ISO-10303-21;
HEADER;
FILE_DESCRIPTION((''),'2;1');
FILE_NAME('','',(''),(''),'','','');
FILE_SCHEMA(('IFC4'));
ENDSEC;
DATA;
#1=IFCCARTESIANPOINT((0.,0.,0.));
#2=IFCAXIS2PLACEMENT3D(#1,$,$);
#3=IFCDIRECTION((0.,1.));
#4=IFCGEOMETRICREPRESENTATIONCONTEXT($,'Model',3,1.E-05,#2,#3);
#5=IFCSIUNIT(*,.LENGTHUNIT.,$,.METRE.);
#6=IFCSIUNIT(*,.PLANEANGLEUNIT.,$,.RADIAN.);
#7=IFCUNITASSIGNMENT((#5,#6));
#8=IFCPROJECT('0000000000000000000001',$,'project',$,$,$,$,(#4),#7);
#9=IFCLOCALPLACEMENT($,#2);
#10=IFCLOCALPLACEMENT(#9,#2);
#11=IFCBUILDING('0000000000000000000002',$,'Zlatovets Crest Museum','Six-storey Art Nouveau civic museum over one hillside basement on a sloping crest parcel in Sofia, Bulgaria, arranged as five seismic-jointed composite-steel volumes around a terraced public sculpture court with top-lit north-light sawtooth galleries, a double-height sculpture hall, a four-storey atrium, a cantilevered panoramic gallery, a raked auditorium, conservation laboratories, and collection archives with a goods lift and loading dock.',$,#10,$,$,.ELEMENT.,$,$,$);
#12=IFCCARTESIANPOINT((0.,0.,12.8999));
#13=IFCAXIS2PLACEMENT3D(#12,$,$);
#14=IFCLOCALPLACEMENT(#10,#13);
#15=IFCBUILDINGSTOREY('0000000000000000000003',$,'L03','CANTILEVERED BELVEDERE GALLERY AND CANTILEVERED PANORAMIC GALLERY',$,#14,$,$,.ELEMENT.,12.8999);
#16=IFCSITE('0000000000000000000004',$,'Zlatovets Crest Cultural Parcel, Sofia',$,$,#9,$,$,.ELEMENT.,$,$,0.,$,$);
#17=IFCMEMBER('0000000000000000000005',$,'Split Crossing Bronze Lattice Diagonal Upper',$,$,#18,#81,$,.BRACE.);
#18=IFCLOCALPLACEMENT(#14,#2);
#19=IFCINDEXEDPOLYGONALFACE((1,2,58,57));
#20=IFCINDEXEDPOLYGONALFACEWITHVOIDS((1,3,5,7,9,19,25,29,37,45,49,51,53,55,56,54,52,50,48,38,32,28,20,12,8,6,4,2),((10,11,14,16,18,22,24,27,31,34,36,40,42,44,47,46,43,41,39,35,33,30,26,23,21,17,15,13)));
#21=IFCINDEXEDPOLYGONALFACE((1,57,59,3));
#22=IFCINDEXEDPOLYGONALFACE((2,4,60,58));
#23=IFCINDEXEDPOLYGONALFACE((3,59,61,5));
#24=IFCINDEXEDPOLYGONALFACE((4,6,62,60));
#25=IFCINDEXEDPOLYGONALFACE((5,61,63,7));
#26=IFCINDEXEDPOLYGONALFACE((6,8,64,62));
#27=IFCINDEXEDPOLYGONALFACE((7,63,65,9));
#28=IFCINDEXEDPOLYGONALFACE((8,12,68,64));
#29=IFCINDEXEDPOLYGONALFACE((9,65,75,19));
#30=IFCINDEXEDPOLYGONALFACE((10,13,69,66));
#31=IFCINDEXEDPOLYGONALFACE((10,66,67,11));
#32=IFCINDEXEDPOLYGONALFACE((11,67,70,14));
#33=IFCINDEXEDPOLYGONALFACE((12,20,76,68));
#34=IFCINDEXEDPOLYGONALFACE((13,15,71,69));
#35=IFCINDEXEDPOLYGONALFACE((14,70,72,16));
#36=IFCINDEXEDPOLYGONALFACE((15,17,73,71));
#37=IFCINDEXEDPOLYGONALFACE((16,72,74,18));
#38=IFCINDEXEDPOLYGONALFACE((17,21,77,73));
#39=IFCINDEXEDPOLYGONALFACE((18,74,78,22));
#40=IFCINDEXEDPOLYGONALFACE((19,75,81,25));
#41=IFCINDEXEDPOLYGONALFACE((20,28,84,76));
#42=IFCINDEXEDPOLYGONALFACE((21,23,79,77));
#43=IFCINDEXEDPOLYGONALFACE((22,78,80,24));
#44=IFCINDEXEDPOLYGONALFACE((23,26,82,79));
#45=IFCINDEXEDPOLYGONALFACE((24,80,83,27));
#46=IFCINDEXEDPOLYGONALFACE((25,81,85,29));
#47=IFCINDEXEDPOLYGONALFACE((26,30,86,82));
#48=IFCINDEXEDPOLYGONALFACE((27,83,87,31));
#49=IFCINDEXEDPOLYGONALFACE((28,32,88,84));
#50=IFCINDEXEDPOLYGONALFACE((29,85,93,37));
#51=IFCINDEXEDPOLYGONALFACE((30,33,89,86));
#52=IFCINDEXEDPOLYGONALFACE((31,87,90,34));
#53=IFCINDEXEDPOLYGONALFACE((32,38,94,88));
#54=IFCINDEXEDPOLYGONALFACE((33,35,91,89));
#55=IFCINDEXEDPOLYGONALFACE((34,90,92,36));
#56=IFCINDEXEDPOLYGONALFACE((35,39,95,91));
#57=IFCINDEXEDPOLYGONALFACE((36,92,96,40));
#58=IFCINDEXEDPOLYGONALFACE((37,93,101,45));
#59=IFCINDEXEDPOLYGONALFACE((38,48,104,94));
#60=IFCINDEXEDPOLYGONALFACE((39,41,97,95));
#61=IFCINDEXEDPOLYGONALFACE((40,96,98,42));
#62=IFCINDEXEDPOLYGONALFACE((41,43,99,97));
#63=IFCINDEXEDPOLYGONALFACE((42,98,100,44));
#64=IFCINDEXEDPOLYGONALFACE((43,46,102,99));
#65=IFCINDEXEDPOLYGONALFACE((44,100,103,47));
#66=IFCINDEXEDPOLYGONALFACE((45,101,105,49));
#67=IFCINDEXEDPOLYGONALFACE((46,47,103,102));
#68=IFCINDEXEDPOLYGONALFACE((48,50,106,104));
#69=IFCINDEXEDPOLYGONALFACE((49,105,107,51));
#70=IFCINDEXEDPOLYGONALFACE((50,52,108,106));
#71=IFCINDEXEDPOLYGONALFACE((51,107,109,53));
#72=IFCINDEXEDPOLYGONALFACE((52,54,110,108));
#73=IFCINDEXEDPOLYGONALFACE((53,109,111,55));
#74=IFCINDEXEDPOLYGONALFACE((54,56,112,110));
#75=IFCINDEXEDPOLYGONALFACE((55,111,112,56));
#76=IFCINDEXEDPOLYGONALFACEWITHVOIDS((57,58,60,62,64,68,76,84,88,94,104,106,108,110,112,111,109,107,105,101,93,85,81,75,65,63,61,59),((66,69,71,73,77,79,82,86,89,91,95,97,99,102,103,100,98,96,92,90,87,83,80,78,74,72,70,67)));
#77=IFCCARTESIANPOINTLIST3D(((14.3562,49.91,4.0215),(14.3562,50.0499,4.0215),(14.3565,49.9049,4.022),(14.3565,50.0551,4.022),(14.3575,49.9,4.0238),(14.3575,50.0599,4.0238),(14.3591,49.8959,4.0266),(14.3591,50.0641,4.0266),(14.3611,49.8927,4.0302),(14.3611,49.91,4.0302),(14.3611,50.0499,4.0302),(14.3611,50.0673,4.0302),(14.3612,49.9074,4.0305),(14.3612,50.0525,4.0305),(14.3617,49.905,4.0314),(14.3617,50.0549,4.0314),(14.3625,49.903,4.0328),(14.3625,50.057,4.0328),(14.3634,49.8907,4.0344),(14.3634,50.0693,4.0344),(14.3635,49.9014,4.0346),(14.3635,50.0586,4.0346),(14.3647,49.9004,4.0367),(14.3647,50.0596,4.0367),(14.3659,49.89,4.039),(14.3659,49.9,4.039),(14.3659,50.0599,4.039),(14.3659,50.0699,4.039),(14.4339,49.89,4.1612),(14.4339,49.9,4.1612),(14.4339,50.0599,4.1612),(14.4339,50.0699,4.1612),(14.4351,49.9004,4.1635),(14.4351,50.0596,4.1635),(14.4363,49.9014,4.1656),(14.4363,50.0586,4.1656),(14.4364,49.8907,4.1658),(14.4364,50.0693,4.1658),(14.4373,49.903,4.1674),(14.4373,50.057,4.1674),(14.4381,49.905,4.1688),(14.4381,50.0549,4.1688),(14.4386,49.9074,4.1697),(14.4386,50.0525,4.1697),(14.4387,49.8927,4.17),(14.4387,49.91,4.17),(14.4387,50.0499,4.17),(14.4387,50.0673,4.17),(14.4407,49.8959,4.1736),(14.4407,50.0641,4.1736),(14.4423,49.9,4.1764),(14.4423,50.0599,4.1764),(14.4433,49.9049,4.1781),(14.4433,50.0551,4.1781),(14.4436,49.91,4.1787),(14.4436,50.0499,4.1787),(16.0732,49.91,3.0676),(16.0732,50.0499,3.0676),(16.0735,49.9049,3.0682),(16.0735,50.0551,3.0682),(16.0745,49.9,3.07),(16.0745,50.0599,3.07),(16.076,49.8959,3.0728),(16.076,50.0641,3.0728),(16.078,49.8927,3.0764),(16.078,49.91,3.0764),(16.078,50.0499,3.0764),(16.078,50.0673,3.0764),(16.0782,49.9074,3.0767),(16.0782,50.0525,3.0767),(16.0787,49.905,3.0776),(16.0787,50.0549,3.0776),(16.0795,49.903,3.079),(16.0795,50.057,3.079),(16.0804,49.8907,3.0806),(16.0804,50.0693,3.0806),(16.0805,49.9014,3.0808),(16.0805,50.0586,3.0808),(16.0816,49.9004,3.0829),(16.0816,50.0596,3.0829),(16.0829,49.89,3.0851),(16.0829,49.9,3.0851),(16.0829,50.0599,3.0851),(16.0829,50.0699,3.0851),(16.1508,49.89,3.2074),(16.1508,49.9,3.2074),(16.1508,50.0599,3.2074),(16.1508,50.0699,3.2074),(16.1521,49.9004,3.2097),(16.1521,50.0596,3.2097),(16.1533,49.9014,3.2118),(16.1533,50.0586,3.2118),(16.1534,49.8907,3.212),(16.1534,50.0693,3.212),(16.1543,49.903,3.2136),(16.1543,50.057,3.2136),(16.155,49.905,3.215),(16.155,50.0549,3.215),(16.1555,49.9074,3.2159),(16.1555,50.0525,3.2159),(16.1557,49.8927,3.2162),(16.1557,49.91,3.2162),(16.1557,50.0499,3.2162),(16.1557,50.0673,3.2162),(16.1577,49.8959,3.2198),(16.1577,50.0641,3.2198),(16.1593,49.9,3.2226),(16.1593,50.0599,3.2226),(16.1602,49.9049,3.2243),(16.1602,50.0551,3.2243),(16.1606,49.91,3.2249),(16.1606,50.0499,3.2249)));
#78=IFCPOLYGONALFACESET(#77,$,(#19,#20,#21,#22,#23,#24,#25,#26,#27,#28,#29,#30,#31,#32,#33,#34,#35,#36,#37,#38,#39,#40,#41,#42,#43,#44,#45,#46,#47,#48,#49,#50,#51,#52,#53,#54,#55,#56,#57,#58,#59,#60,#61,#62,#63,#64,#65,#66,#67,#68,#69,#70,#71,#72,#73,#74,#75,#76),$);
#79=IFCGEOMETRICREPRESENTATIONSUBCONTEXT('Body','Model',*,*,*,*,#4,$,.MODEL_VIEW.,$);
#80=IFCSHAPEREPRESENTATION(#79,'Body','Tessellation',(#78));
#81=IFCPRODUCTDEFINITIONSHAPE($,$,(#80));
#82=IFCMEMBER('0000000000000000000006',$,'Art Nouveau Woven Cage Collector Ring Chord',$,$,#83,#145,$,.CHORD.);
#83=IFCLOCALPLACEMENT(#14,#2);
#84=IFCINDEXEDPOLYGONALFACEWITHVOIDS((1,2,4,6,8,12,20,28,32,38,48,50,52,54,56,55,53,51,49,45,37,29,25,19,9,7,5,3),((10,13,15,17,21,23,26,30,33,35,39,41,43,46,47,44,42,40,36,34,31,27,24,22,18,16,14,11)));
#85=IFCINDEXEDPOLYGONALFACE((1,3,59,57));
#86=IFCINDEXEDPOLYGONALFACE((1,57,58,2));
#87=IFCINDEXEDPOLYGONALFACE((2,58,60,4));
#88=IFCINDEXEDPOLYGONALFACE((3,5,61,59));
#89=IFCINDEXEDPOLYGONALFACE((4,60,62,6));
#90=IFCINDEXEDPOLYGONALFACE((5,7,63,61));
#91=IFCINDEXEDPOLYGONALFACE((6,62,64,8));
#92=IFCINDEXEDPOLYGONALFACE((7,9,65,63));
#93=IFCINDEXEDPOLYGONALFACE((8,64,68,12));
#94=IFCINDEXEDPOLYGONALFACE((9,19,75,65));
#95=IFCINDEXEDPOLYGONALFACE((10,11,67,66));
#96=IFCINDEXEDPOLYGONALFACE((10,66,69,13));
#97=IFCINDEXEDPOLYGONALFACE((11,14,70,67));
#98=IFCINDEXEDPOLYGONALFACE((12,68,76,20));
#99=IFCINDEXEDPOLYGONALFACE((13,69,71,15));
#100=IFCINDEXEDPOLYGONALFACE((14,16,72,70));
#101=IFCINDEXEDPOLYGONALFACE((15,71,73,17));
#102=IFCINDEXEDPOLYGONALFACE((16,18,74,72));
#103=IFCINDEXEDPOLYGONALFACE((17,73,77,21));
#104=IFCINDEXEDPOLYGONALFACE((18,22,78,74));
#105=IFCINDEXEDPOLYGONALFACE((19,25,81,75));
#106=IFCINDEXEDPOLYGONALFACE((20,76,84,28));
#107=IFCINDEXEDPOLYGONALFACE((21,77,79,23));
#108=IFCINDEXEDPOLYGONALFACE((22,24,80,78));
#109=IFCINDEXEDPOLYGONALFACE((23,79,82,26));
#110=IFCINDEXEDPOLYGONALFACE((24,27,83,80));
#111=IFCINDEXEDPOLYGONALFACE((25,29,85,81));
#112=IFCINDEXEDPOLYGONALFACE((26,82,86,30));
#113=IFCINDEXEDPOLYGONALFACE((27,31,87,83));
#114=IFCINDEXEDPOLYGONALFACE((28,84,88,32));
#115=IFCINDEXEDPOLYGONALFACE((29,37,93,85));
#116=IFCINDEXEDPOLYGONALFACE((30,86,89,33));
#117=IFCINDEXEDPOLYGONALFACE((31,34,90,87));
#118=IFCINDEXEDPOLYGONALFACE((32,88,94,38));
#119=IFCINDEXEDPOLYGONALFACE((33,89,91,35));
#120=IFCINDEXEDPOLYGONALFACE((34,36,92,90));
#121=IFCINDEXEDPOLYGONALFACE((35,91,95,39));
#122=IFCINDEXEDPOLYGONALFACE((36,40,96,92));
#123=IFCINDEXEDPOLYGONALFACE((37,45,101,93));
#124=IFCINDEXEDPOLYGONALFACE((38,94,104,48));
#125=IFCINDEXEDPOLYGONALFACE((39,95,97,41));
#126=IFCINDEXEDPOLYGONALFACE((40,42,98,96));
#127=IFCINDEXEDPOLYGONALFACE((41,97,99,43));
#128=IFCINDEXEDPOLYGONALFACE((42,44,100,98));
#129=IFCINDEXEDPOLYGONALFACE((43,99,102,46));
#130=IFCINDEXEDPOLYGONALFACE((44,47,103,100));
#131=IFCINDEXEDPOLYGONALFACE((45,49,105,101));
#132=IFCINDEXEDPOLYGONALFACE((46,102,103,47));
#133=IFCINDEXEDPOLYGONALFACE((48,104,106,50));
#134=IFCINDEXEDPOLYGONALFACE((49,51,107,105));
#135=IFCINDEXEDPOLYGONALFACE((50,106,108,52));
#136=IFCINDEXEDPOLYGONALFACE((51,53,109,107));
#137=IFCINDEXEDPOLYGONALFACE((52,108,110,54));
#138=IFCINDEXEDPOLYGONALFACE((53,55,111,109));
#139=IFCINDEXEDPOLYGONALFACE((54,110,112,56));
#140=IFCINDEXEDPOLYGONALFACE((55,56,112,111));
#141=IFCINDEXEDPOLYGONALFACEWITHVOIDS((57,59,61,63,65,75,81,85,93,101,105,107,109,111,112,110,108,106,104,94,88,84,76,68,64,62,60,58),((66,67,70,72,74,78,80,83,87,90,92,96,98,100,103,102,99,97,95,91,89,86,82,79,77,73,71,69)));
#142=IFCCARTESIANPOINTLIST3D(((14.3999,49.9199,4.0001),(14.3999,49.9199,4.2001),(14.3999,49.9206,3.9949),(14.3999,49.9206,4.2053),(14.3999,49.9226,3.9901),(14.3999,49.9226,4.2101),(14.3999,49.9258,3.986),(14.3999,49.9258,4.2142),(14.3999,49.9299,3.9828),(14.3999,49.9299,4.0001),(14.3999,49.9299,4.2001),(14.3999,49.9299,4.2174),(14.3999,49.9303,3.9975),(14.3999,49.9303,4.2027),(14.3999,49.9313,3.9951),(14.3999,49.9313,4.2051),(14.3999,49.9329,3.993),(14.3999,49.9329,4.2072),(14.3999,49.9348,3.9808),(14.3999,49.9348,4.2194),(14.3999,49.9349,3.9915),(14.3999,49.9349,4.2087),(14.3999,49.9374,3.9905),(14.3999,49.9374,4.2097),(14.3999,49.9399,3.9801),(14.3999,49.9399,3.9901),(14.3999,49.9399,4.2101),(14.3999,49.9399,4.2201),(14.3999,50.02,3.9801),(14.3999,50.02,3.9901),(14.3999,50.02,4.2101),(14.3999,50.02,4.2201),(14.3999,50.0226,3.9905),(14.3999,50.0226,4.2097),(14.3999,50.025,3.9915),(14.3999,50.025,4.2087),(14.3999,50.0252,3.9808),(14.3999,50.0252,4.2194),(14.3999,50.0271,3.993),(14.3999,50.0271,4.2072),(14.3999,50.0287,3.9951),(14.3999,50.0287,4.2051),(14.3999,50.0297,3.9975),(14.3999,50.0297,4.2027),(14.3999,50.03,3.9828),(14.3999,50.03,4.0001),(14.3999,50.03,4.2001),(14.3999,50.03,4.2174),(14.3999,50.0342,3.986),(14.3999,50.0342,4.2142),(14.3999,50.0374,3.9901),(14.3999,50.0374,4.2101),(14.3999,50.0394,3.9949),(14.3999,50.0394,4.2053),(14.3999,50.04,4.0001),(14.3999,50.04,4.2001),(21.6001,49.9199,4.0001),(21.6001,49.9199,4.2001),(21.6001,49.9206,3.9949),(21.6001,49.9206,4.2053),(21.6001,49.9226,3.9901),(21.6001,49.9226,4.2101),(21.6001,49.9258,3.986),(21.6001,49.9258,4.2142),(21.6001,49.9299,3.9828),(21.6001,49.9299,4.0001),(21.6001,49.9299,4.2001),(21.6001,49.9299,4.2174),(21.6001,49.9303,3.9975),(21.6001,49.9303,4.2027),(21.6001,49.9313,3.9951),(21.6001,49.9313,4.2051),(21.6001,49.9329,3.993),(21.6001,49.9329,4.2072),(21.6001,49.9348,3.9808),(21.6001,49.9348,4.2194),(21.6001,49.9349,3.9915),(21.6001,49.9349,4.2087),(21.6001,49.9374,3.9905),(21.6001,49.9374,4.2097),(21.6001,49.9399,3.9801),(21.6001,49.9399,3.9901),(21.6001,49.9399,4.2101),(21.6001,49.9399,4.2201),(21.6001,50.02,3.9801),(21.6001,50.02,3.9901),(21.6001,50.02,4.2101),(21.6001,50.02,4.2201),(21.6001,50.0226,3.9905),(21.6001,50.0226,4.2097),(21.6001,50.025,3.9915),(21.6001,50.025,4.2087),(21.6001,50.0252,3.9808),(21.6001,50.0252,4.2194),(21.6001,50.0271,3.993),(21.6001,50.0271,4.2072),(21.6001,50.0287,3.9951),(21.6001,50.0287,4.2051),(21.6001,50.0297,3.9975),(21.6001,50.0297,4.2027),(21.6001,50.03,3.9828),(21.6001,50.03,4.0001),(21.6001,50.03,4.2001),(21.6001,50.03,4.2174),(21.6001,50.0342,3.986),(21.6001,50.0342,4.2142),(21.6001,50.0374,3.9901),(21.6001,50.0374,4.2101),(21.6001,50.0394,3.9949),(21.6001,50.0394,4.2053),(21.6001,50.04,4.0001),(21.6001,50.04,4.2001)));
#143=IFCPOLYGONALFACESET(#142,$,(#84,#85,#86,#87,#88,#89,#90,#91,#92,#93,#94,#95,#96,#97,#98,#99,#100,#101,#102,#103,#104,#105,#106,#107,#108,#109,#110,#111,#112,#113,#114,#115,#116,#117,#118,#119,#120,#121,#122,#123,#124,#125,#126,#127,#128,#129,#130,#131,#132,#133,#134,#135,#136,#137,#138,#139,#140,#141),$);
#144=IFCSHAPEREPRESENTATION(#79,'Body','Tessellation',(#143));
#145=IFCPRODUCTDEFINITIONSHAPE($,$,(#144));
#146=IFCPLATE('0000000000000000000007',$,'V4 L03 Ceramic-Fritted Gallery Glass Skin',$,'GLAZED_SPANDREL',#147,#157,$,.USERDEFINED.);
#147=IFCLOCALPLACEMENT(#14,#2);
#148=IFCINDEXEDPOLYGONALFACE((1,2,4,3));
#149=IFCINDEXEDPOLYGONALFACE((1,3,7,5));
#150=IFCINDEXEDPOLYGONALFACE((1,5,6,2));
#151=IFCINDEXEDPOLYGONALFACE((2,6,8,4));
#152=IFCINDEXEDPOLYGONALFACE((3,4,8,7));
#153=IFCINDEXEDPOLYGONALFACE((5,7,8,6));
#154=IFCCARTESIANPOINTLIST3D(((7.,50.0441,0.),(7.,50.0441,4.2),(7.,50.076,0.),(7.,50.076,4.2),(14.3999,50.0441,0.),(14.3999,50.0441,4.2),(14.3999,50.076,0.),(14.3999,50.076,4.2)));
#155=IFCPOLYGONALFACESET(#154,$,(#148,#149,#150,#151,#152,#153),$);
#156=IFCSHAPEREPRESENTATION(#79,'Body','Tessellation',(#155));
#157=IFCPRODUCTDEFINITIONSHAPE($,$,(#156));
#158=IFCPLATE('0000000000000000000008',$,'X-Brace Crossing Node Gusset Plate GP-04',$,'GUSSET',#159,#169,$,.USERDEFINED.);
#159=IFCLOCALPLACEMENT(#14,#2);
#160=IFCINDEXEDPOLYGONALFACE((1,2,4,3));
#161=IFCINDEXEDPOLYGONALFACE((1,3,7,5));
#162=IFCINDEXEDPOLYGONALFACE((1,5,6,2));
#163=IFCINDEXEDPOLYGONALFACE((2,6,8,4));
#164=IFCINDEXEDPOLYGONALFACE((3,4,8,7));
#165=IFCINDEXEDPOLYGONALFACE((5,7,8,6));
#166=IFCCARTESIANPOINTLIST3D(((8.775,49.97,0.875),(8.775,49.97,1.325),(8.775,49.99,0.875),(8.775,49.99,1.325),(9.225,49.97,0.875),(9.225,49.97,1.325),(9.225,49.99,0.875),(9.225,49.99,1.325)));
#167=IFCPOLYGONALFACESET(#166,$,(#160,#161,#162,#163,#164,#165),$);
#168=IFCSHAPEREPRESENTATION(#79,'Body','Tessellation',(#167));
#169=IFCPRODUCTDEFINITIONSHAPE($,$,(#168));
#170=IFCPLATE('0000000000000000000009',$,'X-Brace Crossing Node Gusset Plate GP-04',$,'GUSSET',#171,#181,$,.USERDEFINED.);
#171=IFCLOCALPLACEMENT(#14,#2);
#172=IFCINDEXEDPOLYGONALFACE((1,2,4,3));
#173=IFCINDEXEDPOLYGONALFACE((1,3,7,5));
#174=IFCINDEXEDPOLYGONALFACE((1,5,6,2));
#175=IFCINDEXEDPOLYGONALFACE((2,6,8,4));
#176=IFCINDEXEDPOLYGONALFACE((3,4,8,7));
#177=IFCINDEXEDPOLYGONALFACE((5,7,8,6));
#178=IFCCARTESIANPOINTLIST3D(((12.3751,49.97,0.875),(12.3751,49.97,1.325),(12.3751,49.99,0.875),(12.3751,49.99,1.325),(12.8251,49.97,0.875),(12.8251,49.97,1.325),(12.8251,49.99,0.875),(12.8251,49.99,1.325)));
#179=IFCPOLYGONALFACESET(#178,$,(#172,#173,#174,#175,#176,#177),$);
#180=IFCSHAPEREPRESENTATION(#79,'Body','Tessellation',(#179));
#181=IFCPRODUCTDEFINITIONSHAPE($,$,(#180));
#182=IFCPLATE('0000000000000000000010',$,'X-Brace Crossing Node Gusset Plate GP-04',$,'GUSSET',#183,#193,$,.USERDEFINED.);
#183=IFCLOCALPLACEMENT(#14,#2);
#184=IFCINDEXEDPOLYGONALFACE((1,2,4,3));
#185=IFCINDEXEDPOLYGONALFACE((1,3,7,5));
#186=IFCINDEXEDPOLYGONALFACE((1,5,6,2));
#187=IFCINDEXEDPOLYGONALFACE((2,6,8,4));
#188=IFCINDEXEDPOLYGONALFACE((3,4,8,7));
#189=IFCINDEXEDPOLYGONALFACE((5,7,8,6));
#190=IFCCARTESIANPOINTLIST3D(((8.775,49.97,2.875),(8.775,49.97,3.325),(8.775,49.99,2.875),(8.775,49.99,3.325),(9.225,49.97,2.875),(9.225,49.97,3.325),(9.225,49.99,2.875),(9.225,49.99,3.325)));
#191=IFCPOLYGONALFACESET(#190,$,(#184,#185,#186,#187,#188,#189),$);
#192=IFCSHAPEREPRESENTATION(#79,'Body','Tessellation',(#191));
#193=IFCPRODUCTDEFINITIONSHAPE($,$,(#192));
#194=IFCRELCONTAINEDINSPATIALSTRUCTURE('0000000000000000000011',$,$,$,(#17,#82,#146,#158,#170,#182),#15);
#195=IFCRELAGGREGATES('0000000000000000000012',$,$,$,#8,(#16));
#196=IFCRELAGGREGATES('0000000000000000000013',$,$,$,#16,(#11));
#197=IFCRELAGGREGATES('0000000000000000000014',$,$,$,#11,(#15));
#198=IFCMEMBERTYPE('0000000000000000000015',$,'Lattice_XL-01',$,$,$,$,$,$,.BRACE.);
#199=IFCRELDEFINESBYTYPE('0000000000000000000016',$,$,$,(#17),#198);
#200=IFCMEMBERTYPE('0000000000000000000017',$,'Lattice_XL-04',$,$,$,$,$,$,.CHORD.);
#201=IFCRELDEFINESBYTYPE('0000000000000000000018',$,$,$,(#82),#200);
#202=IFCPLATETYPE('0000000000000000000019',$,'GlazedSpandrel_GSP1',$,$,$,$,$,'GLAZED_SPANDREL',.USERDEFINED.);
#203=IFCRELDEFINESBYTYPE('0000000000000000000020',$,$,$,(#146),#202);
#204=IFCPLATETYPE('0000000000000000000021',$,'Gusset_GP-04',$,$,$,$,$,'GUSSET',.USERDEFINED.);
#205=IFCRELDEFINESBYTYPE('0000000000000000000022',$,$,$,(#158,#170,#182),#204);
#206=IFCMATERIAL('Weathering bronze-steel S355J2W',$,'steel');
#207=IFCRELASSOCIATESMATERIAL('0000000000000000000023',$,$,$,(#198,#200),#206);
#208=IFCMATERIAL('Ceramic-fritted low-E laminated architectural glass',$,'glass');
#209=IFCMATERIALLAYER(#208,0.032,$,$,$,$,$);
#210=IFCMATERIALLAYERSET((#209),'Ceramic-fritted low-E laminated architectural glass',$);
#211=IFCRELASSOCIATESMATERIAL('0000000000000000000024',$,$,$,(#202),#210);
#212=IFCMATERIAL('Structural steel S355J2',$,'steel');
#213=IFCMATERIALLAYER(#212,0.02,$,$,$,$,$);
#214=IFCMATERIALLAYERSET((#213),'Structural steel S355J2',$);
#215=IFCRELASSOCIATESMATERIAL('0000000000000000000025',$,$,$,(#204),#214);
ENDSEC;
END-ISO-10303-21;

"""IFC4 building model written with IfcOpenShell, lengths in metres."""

from ifc_helpers import new_model, si_unit, direction, frame, origin, origin_2d, place, context, subcontext, project, spatial, rectangle, hollow_rectangle, extrude, material, layer, layer_set, material_profile, profile_set, type_object, element, save


model = new_model("IFC4")

# Units and contexts
model_context = context("Model", 3, precision=1e-05, world=origin(), true_north=direction((0.0, 1.0)))
body_context = subcontext(model_context, "Body", "Model", "MODEL_VIEW")
ifc_project = project(units=[si_unit("LENGTHUNIT", "METRE"), si_unit("PLANEANGLEUNIT", "RADIAN")], contexts=[model_context])

# Site, building, storey
site_placement = place(None, origin())
site = spatial("IfcSite", under=ifc_project, at=site_placement, Name="Zlatovets Crest Cultural Parcel, Sofia", CompositionType="ELEMENT", RefElevation=0.0)
building_placement = place(site_placement, origin())
building = spatial("IfcBuilding", under=site, at=building_placement, Name="Zlatovets Crest Museum", Description="Six-storey Art Nouveau civic museum over one hillside basement on a sloping crest parcel in Sofia, Bulgaria, arranged as five seismic-jointed composite-steel volumes around a terraced public sculpture court with top-lit north-light sawtooth galleries, a double-height sculpture hall, a four-storey atrium, a cantilevered panoramic gallery, a raked auditorium, conservation laboratories, and collection archives with a goods lift and loading dock.", CompositionType="ELEMENT")
storey_placement = place(building_placement, frame((0.0, 0.0, 12.8999)))
storey = spatial("IfcBuildingStorey", under=building, at=storey_placement, Name="L03", Description="CANTILEVERED BELVEDERE GALLERY AND CANTILEVERED PANORAMIC GALLERY", CompositionType="ELEMENT", Elevation=12.8999)

# Shared definitions
ifc_material_1 = material(Name="Structural steel S355J2", Category="steel")

# Members
ifc_material_2 = material(Name="Weathering bronze-steel S355J2W", Category="steel")
ifc_material_profile_1 = material_profile(ifc_material_2, hollow_rectangle(XDim=0.1799, YDim=0.1799, WallThickness=0.01, InnerFilletRadius=0.01, OuterFilletRadius=0.02, at=origin_2d()), Name="SHS 180x180x10.0")
ifc_profile_set_1 = profile_set([ifc_material_profile_1], Name="Weathering bronze-steel S355J2W")
member_type_1 = type_object("IfcMemberType", Name="Lattice_XL-01", PredefinedType="BRACE", material=ifc_profile_set_1)
member_1_placement = place(storey_placement, frame((14.3999, 49.98, 4.1001), z_axis=(0.874169, 0.0, -0.485622), x_axis=(0.0, 1.0, 0.0)))
element("IfcMember", 1, at=member_1_placement, inside=storey, type_object=member_type_1, Name="Split Crossing Bronze Lattice Diagonal Upper", PredefinedType="BRACE", context=body_context, shape_type="SweptSolid", body=[
    extrude(hollow_rectangle(XDim=0.1799, YDim=0.1799, WallThickness=0.01, InnerFilletRadius=0.01, OuterFilletRadius=0.02, at=origin_2d()), origin(), (0.0, 0.0, 1.0), 1.9641),
])
ifc_material_profile_2 = material_profile(ifc_material_2, hollow_rectangle(XDim=0.1201, YDim=0.24, WallThickness=0.01, InnerFilletRadius=0.01, OuterFilletRadius=0.02, at=origin_2d()), Name="RHS 120x240x10.0")
ifc_profile_set_2 = profile_set([ifc_material_profile_2], Name="Weathering bronze-steel S355J2W")
member_type_2 = type_object("IfcMemberType", Name="Lattice_XL-04", PredefinedType="CHORD", material=ifc_profile_set_2)
member_2_placement = place(storey_placement, frame((14.3999, 49.98, 4.1001), z_axis=(1.0, 0.0, 0.0), x_axis=(0.0, 1.0, 0.0)))
element("IfcMember", 2, at=member_2_placement, inside=storey, type_object=member_type_2, Name="Art Nouveau Woven Cage Collector Ring Chord", PredefinedType="CHORD", context=body_context, shape_type="SweptSolid", body=[
    extrude(hollow_rectangle(XDim=0.1201, YDim=0.24, WallThickness=0.01, InnerFilletRadius=0.01, OuterFilletRadius=0.02, at=origin_2d()), origin(), (0.0, 0.0, 1.0), 7.2002),
])

# Plates
ifc_material_3 = material(Name="Ceramic-fritted low-E laminated architectural glass", Category="glass")
ifc_layer_1 = layer(ifc_material_3, 0.032)
ifc_layer_set_1 = layer_set([ifc_layer_1], Name="Ceramic-fritted low-E laminated architectural glass")
plate_type_1 = type_object("IfcPlateType", Name="GlazedSpandrel_GSP1", ElementType="GLAZED_SPANDREL", PredefinedType="USERDEFINED", material=ifc_layer_set_1)
plate_placement = place(storey_placement, frame((10.7, 50.0601, 0.0), z_axis=(0.0, 0.0, 1.0), x_axis=(1.0, 0.0, 0.0)))
element("IfcPlate", 3, at=plate_placement, inside=storey, type_object=plate_type_1, Name="V4 L03 Ceramic-Fritted Gallery Glass Skin", ObjectType="GLAZED_SPANDREL", PredefinedType="USERDEFINED", context=body_context, shape_type="SweptSolid", body=[
    extrude(rectangle(XDim=7.3999, YDim=0.032, at=origin_2d()), origin(), (0.0, 0.0, 1.0), 4.2),
])
ifc_layer_2 = layer(ifc_material_1, 0.02)
ifc_layer_set_2 = layer_set([ifc_layer_2], Name="Structural steel S355J2")
plate_type_2 = type_object("IfcPlateType", Name="Gusset_GP-04", ElementType="GUSSET", PredefinedType="USERDEFINED", material=ifc_layer_set_2)
for number, where, z_axis, x_axis, name in (
    (4, (9.0, 49.98, 0.875), (0.0, 0.0, 1.0), (1.0, 0.0, 0.0), "X-Brace Crossing Node Gusset Plate GP-04"),
    (5, (12.6001, 49.98, 0.875), (0.0, 0.0, 1.0), (1.0, 0.0, 0.0), "X-Brace Crossing Node Gusset Plate GP-04"),
    (6, (9.0, 49.98, 2.875), (0.0, 0.0, 1.0), (1.0, 0.0, 0.0), "X-Brace Crossing Node Gusset Plate GP-04"),
):
    element("IfcPlate", number, at=place(storey_placement, frame(where, z_axis=z_axis, x_axis=x_axis)), inside=storey, type_object=plate_type_2, Name=name, ObjectType="GUSSET", PredefinedType="USERDEFINED", context=body_context, shape_type="SweptSolid", body=[
        extrude(rectangle(XDim=0.45, YDim=0.02, at=origin_2d()), origin(), (0.0, 0.0, 1.0), 0.45),
    ])

save(model, "model.ifc")
